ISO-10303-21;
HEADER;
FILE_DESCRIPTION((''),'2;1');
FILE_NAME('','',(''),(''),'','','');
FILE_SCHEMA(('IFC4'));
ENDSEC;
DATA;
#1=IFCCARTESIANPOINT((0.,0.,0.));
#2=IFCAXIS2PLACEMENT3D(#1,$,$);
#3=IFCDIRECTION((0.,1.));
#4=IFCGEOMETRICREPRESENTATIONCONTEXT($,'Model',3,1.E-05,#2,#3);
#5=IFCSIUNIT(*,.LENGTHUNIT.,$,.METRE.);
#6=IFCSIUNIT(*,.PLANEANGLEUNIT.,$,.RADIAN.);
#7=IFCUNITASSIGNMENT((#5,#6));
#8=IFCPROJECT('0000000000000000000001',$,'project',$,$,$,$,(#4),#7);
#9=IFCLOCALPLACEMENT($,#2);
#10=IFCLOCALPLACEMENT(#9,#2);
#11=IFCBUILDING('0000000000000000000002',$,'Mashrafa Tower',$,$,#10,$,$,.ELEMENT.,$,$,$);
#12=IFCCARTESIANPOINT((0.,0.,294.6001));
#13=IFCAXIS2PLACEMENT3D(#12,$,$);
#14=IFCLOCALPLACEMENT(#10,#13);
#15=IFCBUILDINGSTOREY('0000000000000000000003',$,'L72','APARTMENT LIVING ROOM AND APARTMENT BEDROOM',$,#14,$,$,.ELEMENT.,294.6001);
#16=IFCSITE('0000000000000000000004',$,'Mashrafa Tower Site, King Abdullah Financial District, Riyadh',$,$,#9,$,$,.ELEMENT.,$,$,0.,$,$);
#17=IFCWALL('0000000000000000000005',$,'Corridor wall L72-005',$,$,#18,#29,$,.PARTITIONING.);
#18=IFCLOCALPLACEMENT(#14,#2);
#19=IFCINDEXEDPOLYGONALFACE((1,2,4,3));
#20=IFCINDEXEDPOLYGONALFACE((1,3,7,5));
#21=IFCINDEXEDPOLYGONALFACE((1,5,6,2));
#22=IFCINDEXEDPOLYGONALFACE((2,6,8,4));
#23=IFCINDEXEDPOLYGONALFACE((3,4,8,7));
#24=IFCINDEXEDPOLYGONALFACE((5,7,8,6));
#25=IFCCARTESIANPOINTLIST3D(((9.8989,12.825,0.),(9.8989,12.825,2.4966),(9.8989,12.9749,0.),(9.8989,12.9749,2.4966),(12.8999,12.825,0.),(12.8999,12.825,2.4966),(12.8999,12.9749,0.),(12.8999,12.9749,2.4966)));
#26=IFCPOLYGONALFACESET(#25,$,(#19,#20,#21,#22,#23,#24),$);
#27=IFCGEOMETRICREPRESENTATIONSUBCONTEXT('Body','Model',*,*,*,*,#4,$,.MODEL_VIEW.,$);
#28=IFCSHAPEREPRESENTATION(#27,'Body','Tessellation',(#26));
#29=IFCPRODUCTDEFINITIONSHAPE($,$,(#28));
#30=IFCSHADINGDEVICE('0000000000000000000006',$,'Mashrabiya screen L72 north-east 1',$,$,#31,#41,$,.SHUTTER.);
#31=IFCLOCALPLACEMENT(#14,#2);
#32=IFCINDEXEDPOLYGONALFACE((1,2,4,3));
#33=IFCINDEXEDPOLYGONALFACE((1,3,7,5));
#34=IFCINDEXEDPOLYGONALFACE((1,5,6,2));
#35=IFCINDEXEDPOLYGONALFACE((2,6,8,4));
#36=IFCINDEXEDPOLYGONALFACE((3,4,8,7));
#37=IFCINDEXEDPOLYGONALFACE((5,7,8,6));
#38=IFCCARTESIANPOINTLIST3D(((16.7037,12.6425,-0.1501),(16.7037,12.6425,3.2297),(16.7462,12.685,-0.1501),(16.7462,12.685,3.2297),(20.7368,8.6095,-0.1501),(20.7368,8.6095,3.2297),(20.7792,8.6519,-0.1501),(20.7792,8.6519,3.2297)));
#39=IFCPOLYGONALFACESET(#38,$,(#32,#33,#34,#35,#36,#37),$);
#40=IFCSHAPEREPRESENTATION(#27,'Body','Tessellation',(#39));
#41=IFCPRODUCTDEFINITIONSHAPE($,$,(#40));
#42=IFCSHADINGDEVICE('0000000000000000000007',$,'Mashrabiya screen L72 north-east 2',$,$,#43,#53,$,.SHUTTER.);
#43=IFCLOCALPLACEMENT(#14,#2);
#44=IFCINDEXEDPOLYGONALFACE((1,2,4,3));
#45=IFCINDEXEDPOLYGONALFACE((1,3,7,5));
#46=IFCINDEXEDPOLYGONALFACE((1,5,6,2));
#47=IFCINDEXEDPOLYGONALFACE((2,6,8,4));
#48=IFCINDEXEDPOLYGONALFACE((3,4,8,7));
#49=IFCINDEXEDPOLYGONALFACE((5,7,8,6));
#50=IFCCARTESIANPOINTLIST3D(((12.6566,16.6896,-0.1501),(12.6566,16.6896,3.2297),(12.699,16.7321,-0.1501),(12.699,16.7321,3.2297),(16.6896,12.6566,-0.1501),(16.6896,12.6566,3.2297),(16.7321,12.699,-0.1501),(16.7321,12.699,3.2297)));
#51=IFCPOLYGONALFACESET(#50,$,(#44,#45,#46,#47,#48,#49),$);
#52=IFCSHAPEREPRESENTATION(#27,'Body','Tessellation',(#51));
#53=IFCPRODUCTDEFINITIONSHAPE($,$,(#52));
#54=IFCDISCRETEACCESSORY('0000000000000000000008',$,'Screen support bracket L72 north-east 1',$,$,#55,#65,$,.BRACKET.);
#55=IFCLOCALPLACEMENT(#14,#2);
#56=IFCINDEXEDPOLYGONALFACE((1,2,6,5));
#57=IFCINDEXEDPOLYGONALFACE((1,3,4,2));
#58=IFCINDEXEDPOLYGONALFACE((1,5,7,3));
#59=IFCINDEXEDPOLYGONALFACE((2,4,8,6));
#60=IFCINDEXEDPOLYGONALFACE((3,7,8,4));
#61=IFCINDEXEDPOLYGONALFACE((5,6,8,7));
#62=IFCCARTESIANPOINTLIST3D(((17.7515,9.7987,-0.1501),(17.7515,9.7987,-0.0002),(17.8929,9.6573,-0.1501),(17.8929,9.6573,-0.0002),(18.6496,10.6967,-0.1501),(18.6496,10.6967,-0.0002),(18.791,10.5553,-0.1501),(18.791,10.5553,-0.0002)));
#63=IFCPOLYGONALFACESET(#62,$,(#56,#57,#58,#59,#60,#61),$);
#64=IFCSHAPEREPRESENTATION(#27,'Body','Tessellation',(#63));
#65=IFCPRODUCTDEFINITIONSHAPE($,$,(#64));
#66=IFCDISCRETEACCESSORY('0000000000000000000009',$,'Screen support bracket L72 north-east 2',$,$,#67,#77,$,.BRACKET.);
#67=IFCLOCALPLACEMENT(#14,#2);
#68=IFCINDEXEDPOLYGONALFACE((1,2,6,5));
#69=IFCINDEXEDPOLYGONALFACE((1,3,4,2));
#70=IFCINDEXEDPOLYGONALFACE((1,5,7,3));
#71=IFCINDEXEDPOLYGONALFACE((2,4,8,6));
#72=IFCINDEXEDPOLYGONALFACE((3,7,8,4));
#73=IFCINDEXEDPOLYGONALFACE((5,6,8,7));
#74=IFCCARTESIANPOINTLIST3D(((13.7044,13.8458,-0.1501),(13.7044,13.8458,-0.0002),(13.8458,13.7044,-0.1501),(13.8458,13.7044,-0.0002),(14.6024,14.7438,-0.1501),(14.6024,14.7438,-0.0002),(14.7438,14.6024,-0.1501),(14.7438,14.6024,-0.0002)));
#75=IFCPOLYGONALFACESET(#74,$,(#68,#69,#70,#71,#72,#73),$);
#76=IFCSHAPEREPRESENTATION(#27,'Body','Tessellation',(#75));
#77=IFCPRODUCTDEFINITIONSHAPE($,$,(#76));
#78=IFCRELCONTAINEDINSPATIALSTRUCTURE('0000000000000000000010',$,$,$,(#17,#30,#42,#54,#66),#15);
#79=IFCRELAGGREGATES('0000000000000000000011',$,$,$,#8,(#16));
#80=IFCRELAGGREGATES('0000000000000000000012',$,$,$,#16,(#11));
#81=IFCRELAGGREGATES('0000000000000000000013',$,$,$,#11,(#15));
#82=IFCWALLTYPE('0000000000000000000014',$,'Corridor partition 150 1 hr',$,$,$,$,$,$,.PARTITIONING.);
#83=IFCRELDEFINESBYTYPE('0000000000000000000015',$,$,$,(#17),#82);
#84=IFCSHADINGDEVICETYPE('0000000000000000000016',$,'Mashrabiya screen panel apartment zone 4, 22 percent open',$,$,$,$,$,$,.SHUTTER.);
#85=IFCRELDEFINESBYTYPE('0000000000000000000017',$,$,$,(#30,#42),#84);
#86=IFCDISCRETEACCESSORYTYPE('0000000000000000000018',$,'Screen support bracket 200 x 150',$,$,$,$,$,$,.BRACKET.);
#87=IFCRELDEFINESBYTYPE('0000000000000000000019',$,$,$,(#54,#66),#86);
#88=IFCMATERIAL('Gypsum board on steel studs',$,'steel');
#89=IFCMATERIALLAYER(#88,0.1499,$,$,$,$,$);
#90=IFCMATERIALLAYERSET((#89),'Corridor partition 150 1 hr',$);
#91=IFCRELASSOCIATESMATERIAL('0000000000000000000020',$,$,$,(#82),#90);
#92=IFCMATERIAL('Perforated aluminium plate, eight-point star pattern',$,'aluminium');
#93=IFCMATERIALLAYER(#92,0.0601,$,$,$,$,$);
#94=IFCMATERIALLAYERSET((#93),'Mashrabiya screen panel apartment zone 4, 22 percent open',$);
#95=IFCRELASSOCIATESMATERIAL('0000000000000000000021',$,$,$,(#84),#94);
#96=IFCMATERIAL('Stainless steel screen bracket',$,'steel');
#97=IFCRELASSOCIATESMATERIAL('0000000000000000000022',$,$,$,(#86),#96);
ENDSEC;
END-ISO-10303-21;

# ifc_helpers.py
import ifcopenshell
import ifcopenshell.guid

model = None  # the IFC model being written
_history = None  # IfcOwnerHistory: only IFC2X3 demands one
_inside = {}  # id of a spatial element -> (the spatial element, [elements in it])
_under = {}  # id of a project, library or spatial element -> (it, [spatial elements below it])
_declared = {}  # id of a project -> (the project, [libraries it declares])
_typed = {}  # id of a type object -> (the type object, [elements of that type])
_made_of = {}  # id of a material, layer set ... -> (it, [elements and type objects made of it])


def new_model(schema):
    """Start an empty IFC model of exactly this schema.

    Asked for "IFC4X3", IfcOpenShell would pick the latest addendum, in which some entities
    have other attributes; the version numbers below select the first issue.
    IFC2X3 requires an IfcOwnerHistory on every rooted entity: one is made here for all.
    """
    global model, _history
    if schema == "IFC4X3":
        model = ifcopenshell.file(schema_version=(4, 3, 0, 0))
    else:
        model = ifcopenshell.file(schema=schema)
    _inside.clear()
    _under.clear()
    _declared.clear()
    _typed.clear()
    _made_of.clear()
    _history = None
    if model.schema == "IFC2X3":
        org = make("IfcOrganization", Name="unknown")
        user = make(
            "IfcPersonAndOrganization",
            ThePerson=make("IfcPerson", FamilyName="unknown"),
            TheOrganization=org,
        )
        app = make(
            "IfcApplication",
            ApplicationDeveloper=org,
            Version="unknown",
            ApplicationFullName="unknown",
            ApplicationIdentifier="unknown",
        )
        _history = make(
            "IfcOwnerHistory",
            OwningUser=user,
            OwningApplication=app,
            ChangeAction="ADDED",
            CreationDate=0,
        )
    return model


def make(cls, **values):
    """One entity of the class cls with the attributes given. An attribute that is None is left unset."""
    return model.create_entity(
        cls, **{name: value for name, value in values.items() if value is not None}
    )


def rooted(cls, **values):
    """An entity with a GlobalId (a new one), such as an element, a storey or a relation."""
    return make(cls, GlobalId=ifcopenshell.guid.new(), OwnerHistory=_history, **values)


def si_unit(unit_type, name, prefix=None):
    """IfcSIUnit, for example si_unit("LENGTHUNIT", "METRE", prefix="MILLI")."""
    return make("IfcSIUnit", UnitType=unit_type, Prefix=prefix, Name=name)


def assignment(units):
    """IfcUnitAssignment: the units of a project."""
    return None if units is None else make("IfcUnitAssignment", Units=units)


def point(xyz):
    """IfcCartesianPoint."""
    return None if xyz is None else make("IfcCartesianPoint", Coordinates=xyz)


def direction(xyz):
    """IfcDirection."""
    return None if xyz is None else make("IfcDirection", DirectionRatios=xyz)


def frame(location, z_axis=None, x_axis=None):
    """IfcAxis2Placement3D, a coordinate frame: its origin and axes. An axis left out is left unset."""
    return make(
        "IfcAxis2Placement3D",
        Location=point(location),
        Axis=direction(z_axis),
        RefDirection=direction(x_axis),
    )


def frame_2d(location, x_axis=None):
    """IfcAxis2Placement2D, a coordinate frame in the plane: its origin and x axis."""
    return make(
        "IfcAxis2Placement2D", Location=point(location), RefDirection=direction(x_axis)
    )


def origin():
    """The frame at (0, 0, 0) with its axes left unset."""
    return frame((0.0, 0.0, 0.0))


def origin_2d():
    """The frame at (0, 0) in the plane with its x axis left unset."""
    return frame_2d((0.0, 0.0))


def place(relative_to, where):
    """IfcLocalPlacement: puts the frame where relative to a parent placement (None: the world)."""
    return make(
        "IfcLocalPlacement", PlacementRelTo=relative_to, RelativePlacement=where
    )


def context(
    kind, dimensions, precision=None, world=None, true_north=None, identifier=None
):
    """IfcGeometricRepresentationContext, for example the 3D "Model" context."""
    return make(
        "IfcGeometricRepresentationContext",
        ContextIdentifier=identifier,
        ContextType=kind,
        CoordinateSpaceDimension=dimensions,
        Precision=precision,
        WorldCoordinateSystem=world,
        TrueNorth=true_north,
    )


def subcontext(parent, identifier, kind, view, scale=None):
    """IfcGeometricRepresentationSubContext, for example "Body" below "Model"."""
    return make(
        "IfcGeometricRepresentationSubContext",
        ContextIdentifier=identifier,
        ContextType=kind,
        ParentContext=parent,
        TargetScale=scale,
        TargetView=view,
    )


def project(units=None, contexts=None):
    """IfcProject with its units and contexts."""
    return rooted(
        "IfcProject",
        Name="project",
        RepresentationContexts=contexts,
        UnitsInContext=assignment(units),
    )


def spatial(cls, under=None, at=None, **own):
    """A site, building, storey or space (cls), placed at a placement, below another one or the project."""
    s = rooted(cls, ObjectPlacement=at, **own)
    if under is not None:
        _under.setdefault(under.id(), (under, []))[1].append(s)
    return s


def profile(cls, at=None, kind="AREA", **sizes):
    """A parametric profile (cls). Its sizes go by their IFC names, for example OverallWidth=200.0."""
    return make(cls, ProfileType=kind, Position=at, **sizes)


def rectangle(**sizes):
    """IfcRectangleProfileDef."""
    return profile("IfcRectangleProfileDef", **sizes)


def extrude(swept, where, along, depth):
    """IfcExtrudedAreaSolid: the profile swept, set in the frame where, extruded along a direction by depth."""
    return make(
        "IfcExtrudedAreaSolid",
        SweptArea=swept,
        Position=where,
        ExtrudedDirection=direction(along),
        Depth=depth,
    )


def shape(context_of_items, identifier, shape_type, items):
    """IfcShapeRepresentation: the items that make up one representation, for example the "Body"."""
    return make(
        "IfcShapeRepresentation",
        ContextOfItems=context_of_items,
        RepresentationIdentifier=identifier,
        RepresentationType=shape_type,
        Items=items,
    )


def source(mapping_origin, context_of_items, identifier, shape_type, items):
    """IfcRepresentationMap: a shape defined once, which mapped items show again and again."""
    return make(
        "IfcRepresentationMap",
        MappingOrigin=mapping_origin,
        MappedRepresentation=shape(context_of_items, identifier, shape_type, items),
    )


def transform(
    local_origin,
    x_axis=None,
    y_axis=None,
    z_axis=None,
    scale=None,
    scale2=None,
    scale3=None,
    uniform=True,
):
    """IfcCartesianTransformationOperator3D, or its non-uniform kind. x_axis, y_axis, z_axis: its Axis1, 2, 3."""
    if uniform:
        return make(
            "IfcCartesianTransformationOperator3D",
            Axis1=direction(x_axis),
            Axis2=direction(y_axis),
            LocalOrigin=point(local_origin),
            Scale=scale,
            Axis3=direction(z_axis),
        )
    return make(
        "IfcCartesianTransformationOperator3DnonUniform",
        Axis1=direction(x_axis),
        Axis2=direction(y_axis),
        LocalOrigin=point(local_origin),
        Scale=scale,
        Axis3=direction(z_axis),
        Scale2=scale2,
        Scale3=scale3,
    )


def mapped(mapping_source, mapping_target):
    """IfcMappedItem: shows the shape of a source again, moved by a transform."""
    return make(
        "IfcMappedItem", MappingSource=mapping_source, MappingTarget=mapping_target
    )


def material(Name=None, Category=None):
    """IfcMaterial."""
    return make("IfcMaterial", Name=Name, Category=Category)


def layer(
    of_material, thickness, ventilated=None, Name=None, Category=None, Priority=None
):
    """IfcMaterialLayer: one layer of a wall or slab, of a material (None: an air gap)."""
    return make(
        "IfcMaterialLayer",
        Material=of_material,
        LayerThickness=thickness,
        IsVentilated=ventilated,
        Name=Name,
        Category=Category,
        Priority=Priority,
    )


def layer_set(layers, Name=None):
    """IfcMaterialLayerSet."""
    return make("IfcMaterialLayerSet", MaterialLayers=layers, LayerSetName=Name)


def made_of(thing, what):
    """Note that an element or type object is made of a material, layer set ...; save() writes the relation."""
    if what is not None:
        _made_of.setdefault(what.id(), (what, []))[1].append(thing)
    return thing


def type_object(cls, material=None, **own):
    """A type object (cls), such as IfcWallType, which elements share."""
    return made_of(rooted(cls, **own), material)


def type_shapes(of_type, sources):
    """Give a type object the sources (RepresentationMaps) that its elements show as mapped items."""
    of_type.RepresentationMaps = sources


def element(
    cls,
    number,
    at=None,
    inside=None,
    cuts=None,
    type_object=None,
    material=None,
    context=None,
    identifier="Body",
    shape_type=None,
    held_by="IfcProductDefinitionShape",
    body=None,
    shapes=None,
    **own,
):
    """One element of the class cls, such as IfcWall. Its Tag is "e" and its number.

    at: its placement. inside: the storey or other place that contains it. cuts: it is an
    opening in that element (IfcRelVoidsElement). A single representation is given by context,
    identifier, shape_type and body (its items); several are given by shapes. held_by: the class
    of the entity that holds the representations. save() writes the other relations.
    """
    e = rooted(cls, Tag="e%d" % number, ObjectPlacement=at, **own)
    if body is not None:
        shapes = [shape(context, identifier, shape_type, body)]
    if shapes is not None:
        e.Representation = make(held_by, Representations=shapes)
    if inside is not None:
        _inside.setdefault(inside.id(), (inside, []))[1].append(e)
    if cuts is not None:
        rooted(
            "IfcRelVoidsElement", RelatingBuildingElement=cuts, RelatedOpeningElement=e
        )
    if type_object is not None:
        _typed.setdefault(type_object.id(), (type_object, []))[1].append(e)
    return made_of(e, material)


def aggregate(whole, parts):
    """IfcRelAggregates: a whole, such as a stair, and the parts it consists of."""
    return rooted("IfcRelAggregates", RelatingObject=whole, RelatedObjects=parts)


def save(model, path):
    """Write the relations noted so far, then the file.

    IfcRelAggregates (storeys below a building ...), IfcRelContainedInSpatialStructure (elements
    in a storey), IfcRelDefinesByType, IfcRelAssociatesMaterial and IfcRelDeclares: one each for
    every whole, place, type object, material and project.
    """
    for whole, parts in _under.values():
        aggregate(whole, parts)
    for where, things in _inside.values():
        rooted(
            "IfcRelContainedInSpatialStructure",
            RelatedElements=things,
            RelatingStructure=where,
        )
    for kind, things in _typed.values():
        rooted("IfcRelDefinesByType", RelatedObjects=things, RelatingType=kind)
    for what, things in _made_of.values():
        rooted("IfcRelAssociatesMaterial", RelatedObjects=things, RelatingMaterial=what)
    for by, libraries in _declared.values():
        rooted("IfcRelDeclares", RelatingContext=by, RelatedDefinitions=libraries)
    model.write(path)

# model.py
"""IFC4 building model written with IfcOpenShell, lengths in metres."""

from ifc_helpers import new_model, si_unit, direction, frame, frame_2d, origin, origin_2d, place, context, subcontext, project, spatial, rectangle, extrude, source, transform, mapped, material, layer, layer_set, type_object, type_shapes, element, save


model = new_model("IFC4")

# Units and contexts
model_context = context("Model", 3, precision=1e-05, world=origin(), true_north=direction((0.0, 1.0)))
body_context = subcontext(model_context, "Body", "Model", "MODEL_VIEW")
ifc_project = project(units=[si_unit("LENGTHUNIT", "METRE"), si_unit("PLANEANGLEUNIT", "RADIAN")], contexts=[model_context])

# Site, building, storey
site_placement = place(None, origin())
site = spatial("IfcSite", under=ifc_project, at=site_placement, Name="Mashrafa Tower Site, King Abdullah Financial District, Riyadh", CompositionType="ELEMENT", RefElevation=0.0)
building_placement = place(site_placement, origin())
building = spatial("IfcBuilding", under=site, at=building_placement, Name="Mashrafa Tower", CompositionType="ELEMENT")
storey_placement = place(building_placement, frame((0.0, 0.0, 294.6001)))
storey = spatial("IfcBuildingStorey", under=building, at=storey_placement, Name="L72", Description="APARTMENT LIVING ROOM AND APARTMENT BEDROOM", CompositionType="ELEMENT", Elevation=294.6001)

# Wall
ifc_material_1 = material(Name="Gypsum board on steel studs", Category="steel")
ifc_layer_1 = layer(ifc_material_1, 0.1499)
ifc_layer_set_1 = layer_set([ifc_layer_1], Name="Corridor partition 150 1 hr")
wall_type_1 = type_object("IfcWallType", Name="Corridor partition 150 1 hr", PredefinedType="PARTITIONING", material=ifc_layer_set_1)
wall_1_placement = place(storey_placement, frame((12.8999, 12.8999, 0.0), z_axis=(0.0, 0.0, 1.0), x_axis=(-1.0, 0.0, 0.0)))
element("IfcWall", 1, at=wall_1_placement, inside=storey, type_object=wall_type_1, Name="Corridor wall L72-005", PredefinedType="PARTITIONING", context=body_context, shape_type="SweptSolid", body=[
    extrude(rectangle(XDim=3.001, YDim=0.1499, at=frame_2d((1.5005, 0.0))), origin(), (0.0, 0.0, 1.0), 2.4966),
])

# Shading devices
ifc_material_2 = material(Name="Perforated aluminium plate, eight-point star pattern", Category="aluminium")
ifc_layer_2 = layer(ifc_material_2, 0.0601)
ifc_layer_set_2 = layer_set([ifc_layer_2], Name="Mashrabiya screen panel apartment zone 4, 22 percent open")
shading_device_type = type_object("IfcShadingDeviceType", Name="Mashrabiya screen panel apartment zone 4, 22 percent open", PredefinedType="SHUTTER", material=ifc_layer_set_2)
shared_shape_1 = source(origin(), body_context, "Body", "SweptSolid", [
    extrude(rectangle(XDim=5.7036, YDim=0.0601, at=origin_2d()), origin(), (0.0, 0.0, 1.0), 3.3799),
])
type_shapes(shading_device_type, [shared_shape_1])
for number, where, z_axis, x_axis, name in (
    (2, (18.7415, 10.6472, -0.1501), (0.0, 0.0, 1.0), (-0.707107, 0.707107, 0.0), "Mashrabiya screen L72 north-east 1"),
    (3, (14.6943, 14.6943, -0.1501), (0.0, 0.0, 1.0), (-0.707107, 0.707107, 0.0), "Mashrabiya screen L72 north-east 2"),
):
    element("IfcShadingDevice", number, at=place(storey_placement, frame(where, z_axis=z_axis, x_axis=x_axis)), inside=storey, type_object=shading_device_type, Name=name, PredefinedType="SHUTTER", context=body_context, shape_type="MappedRepresentation", body=[
        mapped(shared_shape_1, transform((0.0, 0.0, 0.0))),
    ])

# Discrete accessories
ifc_material_3 = material(Name="Stainless steel screen bracket", Category="steel")
discrete_accessory_type = type_object("IfcDiscreteAccessoryType", Name="Screen support bracket 200 x 150", PredefinedType="BRACKET", material=ifc_material_3)
shared_shape_2 = source(origin(), body_context, "Body", "SweptSolid", [
    extrude(rectangle(XDim=0.2, YDim=1.27, at=origin_2d()), origin(), (0.0, 0.0, 1.0), 0.1499),
])
type_shapes(discrete_accessory_type, [shared_shape_2])
for number, where, z_axis, x_axis, name in (
    (4, (18.2712, 10.177, -0.1501), (0.0, 0.0, 1.0), (-0.707107, 0.707107, 0.0), "Screen support bracket L72 north-east 1"),
    (5, (14.2241, 14.2241, -0.1501), (0.0, 0.0, 1.0), (-0.707107, 0.707107, 0.0), "Screen support bracket L72 north-east 2"),
):
    element("IfcDiscreteAccessory", number, at=place(storey_placement, frame(where, z_axis=z_axis, x_axis=x_axis)), inside=storey, type_object=discrete_accessory_type, Name=name, PredefinedType="BRACKET", context=body_context, shape_type="MappedRepresentation", body=[
        mapped(shared_shape_2, transform((0.0, 0.0, 0.0))),
    ])

save(model, "model.ifc")
